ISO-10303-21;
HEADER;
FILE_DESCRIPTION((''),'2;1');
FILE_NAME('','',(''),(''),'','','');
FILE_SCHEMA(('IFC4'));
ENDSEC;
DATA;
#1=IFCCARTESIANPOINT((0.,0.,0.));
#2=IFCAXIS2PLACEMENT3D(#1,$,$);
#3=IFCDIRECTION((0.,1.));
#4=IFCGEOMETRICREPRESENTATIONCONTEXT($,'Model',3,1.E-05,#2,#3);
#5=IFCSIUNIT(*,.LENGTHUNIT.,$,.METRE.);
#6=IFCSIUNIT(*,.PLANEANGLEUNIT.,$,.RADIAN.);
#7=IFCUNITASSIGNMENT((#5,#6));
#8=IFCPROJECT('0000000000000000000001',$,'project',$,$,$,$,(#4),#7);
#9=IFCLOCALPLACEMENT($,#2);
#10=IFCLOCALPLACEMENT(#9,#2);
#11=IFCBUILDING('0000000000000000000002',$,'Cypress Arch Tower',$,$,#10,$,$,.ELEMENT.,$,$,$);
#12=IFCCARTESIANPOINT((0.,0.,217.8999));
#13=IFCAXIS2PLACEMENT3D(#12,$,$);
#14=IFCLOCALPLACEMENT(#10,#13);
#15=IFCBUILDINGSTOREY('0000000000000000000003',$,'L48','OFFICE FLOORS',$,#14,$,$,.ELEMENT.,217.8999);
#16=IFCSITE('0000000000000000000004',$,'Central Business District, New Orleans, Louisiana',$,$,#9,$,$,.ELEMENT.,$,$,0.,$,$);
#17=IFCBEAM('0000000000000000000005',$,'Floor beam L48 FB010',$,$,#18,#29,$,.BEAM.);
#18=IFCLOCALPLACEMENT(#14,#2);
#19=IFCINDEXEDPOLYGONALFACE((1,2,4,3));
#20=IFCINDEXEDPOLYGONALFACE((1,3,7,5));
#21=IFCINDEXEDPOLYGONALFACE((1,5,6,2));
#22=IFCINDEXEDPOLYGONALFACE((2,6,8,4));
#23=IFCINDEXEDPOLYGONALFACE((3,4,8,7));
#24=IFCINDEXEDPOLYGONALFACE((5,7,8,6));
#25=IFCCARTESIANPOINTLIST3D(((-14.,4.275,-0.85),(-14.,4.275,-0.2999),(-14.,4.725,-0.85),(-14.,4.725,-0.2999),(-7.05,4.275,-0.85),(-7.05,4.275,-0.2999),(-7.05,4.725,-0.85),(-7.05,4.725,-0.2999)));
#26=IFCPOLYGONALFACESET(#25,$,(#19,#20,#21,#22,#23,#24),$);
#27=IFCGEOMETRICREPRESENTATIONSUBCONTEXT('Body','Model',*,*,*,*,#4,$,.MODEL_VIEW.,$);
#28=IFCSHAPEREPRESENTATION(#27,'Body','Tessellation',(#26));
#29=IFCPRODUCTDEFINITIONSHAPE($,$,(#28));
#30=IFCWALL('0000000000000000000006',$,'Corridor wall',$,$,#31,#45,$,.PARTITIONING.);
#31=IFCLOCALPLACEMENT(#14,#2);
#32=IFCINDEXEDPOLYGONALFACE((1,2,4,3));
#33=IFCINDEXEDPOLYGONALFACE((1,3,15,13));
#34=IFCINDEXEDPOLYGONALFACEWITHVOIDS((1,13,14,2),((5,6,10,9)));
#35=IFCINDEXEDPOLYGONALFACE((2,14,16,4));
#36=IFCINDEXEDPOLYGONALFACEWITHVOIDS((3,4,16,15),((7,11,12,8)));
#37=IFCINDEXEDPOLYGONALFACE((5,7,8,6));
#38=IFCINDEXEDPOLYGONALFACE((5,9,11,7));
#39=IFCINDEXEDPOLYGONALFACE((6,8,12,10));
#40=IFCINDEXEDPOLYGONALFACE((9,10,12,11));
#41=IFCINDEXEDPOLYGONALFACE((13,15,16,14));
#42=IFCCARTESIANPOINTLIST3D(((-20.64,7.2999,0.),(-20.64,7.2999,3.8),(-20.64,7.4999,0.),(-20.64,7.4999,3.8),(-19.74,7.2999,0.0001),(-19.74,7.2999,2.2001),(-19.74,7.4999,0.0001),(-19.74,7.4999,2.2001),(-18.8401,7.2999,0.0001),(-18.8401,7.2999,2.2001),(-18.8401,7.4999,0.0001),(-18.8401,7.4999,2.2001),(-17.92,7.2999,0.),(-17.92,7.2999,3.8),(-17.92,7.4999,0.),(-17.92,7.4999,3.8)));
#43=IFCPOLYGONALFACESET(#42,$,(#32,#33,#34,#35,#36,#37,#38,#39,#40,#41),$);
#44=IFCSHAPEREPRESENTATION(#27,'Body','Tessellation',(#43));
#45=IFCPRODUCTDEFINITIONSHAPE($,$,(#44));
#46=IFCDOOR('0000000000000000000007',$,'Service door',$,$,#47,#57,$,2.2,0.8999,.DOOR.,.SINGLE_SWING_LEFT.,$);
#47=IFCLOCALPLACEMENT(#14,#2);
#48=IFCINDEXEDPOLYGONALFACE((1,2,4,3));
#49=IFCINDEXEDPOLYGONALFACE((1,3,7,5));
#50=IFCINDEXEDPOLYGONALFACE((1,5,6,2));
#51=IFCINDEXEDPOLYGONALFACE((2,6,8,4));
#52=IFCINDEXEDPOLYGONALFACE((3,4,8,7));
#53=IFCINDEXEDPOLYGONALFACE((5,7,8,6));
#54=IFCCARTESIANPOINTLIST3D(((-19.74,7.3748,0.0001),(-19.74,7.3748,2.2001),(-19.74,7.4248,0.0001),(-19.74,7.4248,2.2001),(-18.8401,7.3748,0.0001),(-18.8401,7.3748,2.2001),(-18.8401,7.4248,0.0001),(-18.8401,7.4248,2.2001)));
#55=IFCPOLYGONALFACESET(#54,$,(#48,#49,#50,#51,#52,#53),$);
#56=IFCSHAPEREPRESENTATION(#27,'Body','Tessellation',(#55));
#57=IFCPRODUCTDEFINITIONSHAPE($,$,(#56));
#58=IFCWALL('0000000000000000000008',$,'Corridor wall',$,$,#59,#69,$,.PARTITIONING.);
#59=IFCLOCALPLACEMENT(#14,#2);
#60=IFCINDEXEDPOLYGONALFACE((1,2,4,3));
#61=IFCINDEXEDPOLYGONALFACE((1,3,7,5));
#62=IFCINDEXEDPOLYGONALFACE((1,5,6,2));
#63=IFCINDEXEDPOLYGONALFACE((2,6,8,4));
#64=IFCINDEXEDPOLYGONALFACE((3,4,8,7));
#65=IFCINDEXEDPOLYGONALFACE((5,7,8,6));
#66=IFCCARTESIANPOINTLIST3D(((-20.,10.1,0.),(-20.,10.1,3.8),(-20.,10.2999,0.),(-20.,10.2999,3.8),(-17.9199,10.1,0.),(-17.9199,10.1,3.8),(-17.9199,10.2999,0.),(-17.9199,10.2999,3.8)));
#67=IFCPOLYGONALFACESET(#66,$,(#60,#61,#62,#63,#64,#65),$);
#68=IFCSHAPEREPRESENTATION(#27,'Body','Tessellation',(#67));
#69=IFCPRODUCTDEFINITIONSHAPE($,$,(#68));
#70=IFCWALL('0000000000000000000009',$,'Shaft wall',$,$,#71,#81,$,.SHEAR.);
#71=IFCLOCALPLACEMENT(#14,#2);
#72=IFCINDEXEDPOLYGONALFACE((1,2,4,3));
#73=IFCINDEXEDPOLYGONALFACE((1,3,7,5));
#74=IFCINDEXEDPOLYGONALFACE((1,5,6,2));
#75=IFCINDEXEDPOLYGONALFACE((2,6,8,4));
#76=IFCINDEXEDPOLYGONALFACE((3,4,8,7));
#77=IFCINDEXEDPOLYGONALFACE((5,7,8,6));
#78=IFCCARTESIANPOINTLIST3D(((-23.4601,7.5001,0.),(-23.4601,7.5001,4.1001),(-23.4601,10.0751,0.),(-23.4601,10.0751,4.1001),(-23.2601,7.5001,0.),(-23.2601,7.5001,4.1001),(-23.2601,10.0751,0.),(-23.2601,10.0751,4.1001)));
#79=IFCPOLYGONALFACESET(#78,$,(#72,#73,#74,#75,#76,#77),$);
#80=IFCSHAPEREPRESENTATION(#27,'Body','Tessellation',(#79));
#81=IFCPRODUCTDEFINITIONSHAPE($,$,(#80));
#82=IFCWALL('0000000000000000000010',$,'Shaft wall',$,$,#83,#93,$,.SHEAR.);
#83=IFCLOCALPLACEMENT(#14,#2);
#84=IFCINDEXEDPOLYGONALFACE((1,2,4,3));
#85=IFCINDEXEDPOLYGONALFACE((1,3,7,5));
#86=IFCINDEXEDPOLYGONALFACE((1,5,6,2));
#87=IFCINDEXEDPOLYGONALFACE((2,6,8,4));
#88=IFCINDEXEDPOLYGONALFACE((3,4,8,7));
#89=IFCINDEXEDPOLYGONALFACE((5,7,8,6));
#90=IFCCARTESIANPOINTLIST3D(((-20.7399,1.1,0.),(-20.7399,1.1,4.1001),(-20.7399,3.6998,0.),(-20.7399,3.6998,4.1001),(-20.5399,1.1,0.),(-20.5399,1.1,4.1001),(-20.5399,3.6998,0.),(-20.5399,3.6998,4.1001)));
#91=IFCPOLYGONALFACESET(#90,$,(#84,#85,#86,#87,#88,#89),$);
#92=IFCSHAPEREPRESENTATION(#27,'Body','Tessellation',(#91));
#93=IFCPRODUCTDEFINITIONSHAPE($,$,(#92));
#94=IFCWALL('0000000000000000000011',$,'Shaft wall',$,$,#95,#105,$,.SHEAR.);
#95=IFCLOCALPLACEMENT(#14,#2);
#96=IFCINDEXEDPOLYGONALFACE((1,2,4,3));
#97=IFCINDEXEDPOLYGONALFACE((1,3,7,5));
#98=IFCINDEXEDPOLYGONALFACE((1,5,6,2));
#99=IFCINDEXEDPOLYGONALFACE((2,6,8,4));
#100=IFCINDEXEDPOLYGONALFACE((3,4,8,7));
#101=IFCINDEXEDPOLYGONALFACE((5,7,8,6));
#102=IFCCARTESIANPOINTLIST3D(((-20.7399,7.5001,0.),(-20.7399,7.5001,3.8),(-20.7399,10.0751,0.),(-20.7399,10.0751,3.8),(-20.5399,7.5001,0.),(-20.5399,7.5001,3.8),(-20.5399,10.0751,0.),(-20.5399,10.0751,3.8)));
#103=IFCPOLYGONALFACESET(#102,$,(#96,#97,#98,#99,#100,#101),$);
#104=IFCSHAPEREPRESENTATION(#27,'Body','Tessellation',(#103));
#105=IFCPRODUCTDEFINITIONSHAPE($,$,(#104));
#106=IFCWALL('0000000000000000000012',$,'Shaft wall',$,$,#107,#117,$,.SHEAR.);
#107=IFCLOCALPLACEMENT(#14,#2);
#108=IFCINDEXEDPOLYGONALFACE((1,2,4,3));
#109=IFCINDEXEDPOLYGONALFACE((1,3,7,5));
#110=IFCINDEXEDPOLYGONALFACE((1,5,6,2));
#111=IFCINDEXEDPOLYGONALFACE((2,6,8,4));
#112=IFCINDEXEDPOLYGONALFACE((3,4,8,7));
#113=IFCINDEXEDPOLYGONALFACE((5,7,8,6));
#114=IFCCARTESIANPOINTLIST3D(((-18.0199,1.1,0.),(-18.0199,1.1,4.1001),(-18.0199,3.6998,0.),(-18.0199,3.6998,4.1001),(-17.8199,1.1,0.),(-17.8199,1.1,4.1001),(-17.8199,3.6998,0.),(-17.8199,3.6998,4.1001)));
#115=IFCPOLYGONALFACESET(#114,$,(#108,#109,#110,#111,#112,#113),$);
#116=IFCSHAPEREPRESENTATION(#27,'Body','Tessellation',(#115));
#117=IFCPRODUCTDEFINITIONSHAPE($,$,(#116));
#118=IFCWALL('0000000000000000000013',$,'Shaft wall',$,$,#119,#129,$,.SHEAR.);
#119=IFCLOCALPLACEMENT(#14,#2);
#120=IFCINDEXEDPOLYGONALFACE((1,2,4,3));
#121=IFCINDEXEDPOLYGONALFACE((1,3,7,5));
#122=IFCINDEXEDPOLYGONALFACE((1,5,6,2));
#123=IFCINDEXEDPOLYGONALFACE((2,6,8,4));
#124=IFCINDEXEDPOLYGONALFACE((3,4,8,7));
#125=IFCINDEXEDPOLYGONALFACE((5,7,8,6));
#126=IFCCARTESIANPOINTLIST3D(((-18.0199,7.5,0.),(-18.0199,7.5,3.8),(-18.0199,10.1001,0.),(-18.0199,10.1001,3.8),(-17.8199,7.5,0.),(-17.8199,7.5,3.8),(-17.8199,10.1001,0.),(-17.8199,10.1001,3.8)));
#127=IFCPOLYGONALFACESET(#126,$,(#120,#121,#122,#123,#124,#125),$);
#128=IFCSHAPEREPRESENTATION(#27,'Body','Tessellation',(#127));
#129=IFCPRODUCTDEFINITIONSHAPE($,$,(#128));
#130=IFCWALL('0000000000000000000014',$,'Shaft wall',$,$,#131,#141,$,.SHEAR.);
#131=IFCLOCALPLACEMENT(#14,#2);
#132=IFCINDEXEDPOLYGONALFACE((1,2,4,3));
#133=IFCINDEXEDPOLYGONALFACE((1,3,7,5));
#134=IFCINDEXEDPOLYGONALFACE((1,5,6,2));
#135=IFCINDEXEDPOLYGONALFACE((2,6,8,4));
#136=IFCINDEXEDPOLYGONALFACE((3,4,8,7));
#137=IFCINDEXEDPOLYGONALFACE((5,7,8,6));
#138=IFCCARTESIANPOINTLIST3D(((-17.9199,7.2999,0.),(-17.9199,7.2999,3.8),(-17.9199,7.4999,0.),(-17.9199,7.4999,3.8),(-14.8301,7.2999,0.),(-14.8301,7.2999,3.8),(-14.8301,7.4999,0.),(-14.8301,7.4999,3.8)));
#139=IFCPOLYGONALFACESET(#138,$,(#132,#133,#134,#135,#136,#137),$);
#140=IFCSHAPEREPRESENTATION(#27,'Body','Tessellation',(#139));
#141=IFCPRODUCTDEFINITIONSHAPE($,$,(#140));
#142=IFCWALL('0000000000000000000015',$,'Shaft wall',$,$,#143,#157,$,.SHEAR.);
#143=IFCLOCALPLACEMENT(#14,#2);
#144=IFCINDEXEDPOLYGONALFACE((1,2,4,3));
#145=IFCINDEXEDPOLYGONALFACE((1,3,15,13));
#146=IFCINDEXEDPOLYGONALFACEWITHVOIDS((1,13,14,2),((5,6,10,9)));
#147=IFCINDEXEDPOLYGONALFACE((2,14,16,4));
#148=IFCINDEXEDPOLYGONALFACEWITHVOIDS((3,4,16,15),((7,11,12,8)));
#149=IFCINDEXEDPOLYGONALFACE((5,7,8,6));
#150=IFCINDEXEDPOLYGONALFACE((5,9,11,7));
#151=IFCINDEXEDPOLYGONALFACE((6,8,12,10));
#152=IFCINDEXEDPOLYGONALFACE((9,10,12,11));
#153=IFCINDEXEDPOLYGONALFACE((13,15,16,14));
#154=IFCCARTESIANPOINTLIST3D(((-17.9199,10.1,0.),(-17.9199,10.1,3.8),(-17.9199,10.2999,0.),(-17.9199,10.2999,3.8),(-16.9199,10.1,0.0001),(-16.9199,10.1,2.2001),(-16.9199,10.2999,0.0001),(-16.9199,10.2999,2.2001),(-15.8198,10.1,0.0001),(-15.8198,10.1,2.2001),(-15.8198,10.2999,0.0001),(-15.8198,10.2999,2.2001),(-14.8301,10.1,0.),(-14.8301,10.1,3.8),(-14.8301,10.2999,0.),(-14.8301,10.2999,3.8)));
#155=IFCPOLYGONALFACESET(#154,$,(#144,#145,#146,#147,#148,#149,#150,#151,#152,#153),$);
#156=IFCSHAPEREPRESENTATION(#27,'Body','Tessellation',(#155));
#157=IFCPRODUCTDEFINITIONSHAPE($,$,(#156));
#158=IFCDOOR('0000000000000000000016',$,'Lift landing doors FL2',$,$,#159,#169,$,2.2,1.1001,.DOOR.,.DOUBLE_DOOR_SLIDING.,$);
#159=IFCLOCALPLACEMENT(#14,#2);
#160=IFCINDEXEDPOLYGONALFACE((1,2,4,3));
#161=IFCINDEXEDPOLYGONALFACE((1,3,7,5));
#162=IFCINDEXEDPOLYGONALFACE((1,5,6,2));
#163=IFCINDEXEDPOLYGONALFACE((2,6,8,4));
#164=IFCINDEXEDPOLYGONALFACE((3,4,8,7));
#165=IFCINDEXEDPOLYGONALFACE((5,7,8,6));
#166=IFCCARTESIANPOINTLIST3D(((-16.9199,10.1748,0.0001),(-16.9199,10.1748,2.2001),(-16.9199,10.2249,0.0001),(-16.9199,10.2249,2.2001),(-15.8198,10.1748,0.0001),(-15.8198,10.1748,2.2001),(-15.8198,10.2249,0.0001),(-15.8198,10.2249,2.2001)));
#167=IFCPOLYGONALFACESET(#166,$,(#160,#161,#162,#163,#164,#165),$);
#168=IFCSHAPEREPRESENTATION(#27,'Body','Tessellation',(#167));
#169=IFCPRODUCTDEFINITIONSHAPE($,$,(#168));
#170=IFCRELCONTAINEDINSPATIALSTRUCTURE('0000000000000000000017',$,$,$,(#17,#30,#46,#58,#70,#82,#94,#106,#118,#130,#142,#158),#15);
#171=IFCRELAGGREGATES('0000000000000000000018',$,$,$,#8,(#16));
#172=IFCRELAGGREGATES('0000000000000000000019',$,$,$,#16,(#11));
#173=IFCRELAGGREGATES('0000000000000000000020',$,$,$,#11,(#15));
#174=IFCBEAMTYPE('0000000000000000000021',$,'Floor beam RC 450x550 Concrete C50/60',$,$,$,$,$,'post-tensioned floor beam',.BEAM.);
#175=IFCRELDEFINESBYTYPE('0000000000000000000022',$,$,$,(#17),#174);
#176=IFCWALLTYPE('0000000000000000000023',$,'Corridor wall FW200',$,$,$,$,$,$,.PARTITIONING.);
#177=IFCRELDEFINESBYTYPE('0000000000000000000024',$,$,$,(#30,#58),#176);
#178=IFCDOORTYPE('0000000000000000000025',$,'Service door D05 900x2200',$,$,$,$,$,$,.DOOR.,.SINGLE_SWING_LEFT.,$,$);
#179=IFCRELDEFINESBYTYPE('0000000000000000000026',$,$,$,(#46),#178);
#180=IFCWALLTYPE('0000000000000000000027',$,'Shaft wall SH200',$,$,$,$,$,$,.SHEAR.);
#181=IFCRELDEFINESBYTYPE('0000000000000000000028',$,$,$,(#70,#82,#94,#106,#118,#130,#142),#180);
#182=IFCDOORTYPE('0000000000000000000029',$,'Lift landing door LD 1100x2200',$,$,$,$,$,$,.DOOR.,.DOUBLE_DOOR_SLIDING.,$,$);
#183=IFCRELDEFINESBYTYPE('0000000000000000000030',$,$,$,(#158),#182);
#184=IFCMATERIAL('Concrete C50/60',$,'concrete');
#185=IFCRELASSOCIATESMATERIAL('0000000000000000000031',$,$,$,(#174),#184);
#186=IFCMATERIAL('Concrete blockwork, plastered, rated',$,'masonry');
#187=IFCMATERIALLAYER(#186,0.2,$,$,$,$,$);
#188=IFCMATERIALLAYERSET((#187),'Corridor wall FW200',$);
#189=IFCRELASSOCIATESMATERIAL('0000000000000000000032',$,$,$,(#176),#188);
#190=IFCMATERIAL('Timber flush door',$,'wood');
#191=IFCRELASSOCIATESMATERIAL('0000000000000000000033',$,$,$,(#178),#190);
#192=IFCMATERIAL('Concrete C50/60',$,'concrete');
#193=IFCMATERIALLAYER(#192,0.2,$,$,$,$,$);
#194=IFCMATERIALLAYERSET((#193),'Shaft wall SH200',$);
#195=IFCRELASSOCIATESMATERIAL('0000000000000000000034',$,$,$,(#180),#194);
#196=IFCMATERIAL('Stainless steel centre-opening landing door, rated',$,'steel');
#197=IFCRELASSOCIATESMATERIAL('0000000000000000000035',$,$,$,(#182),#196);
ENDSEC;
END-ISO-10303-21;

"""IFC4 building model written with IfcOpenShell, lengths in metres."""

from ifc_helpers import new_model, si_unit, direction, frame, frame_2d, origin, origin_2d, place, context, subcontext, project, spatial, rectangle, extrude, material, layer, layer_set, material_profile, profile_set, type_object, element, fill, save


model = new_model("IFC4")

# Units and contexts
model_context = context("Model", 3, precision=1e-05, world=origin(), true_north=direction((0.0, 1.0)))
body_context = subcontext(model_context, "Body", "Model", "MODEL_VIEW")
ifc_project = project(units=[si_unit("LENGTHUNIT", "METRE"), si_unit("PLANEANGLEUNIT", "RADIAN")], contexts=[model_context])

# Site, building, storey
site_placement = place(None, origin())
site = spatial("IfcSite", under=ifc_project, at=site_placement, Name="Central Business District, New Orleans, Louisiana", CompositionType="ELEMENT", RefElevation=0.0)
building_placement = place(site_placement, origin())
building = spatial("IfcBuilding", under=site, at=building_placement, Name="Cypress Arch Tower", CompositionType="ELEMENT")
storey_placement = place(building_placement, frame((0.0, 0.0, 217.8999)))
storey = spatial("IfcBuildingStorey", under=building, at=storey_placement, Name="L48", Description="OFFICE FLOORS", CompositionType="ELEMENT", Elevation=217.8999)

# Beam
ifc_material_1 = material(Name="Concrete C50/60", Category="concrete")
ifc_material_profile = material_profile(ifc_material_1, rectangle(XDim=0.45, YDim=0.55, at=origin_2d()), Name="RC 450x550")
ifc_profile_set = profile_set([ifc_material_profile], Name="Concrete C50/60")
beam_type = type_object("IfcBeamType", Name="Floor beam RC 450x550 Concrete C50/60", ElementType="post-tensioned floor beam", PredefinedType="BEAM", material=ifc_profile_set)
beam_placement = place(storey_placement, frame((-14.0, 4.5, -0.575), z_axis=(1.0, 0.0, 0.0), x_axis=(0.0, 1.0, 0.0)))
element("IfcBeam", 1, at=beam_placement, inside=storey, type_object=beam_type, Name="Floor beam L48 FB010", PredefinedType="BEAM", context=body_context, shape_type="SweptSolid", body=[
    extrude(rectangle(XDim=0.45, YDim=0.55, at=origin_2d()), origin(), (0.0, 0.0, 1.0), 6.95),
])

# Wall, opening, door
ifc_material_2 = material(Name="Concrete blockwork, plastered, rated", Category="masonry")
ifc_layer_1 = layer(ifc_material_2, 0.2)
ifc_layer_set_1 = layer_set([ifc_layer_1], Name="Corridor wall FW200")
wall_type_1 = type_object("IfcWallType", Name="Corridor wall FW200", PredefinedType="PARTITIONING", material=ifc_layer_set_1)
wall_1_placement = place(storey_placement, frame((-20.6399, 7.3999, 0.0), z_axis=(0.0, 0.0, 1.0), x_axis=(1.0, 0.0, 0.0)))
wall_1 = element("IfcWall", 2, at=wall_1_placement, inside=storey, type_object=wall_type_1, Name="Corridor wall", PredefinedType="PARTITIONING", context=body_context, shape_type="SweptSolid", body=[
    extrude(rectangle(XDim=2.72, YDim=0.2, at=frame_2d((1.3599, 0.0))), origin(), (0.0, 0.0, 1.0), 3.8),
])
opening_1_placement = place(wall_1_placement, frame((0.8999, 0.0, 0.0)))
opening_1 = element("IfcOpeningElement", 3, at=opening_1_placement, cuts=wall_1, PredefinedType="OPENING", context=body_context, shape_type="SweptSolid", body=[
    extrude(rectangle(XDim=0.8999, YDim=2.2, at=frame_2d((0.45, 1.1001))), frame((0.0, 0.1099, 0.0), z_axis=(0.0, -1.0, 0.0), x_axis=(1.0, 0.0, 0.0)), (0.0, 0.0, 1.0), 0.22),
])
ifc_material_3 = material(Name="Timber flush door", Category="wood")
door_type_1 = type_object("IfcDoorType", Name="Service door D05 900x2200", OperationType="SINGLE_SWING_LEFT", PredefinedType="DOOR", material=ifc_material_3)
door_1_placement = place(opening_1_placement, origin())
door_1 = element("IfcDoor", 4, at=door_1_placement, inside=storey, type_object=door_type_1, Name="Service door", OperationType="SINGLE_SWING_LEFT", OverallHeight=2.2, OverallWidth=0.8999, PredefinedType="DOOR", context=body_context, shape_type="SweptSolid", body=[
    extrude(rectangle(XDim=0.8999, YDim=2.2, at=frame_2d((0.45, 1.1001))), frame((0.0, 0.0249, 0.0), z_axis=(0.0, -1.0, 0.0), x_axis=(1.0, 0.0, 0.0)), (0.0, 0.0, 1.0), 0.05),
])
fill(opening_1, door_1)

# Walls
wall_2_placement = place(storey_placement, frame((-20.0, 10.2, 0.0), z_axis=(0.0, 0.0, 1.0), x_axis=(1.0, 0.0, 0.0)))
element("IfcWall", 5, at=wall_2_placement, inside=storey, type_object=wall_type_1, Name="Corridor wall", PredefinedType="PARTITIONING", context=body_context, shape_type="SweptSolid", body=[
    extrude(rectangle(XDim=2.0801, YDim=0.2, at=frame_2d((1.04, 0.0))), origin(), (0.0, 0.0, 1.0), 3.8),
])
ifc_material_4 = material(Name="Concrete C50/60", Category="concrete")
ifc_layer_2 = layer(ifc_material_4, 0.2)
ifc_layer_set_2 = layer_set([ifc_layer_2], Name="Shaft wall SH200")
wall_type_2 = type_object("IfcWallType", Name="Shaft wall SH200", PredefinedType="SHEAR", material=ifc_layer_set_2)
wall_3_placement = place(storey_placement, frame((-23.3601, 7.5, 0.0), z_axis=(0.0, 0.0, 1.0), x_axis=(0.0, 1.0, 0.0)))
element("IfcWall", 6, at=wall_3_placement, inside=storey, type_object=wall_type_2, Name="Shaft wall", PredefinedType="SHEAR", context=body_context, shape_type="SweptSolid", body=[
    extrude(rectangle(XDim=2.575, YDim=0.2, at=frame_2d((1.2876, 0.0))), origin(), (0.0, 0.0, 1.0), 4.1001),
])
wall_4_placement = place(storey_placement, frame((-20.6399, 1.1001, 0.0), z_axis=(0.0, 0.0, 1.0), x_axis=(0.0, 1.0, 0.0)))
element("IfcWall", 7, at=wall_4_placement, inside=storey, type_object=wall_type_2, Name="Shaft wall", PredefinedType="SHEAR", context=body_context, shape_type="SweptSolid", body=[
    extrude(rectangle(XDim=2.5999, YDim=0.2, at=frame_2d((1.2998, 0.0))), origin(), (0.0, 0.0, 1.0), 4.1001),
])
wall_5_placement = place(storey_placement, frame((-20.6399, 7.5, 0.0), z_axis=(0.0, 0.0, 1.0), x_axis=(0.0, 1.0, 0.0)))
element("IfcWall", 8, at=wall_5_placement, inside=storey, type_object=wall_type_2, Name="Shaft wall", PredefinedType="SHEAR", context=body_context, shape_type="SweptSolid", body=[
    extrude(rectangle(XDim=2.575, YDim=0.2, at=frame_2d((1.2876, 0.0))), origin(), (0.0, 0.0, 1.0), 3.8),
])
wall_6_placement = place(storey_placement, frame((-17.9199, 1.1001, 0.0), z_axis=(0.0, 0.0, 1.0), x_axis=(0.0, 1.0, 0.0)))
element("IfcWall", 9, at=wall_6_placement, inside=storey, type_object=wall_type_2, Name="Shaft wall", PredefinedType="SHEAR", context=body_context, shape_type="SweptSolid", body=[
    extrude(rectangle(XDim=2.5999, YDim=0.2, at=frame_2d((1.2998, 0.0))), origin(), (0.0, 0.0, 1.0), 4.1001),
])
wall_7_placement = place(storey_placement, frame((-17.9199, 7.5, 0.0), z_axis=(0.0, 0.0, 1.0), x_axis=(0.0, 1.0, 0.0)))
element("IfcWall", 10, at=wall_7_placement, inside=storey, type_object=wall_type_2, Name="Shaft wall", PredefinedType="SHEAR", context=body_context, shape_type="SweptSolid", body=[
    extrude(rectangle(XDim=2.6001, YDim=0.2, at=frame_2d((1.3, 0.0))), origin(), (0.0, 0.0, 1.0), 3.8),
])
wall_8_placement = place(storey_placement, frame((-17.9199, 7.3999, 0.0), z_axis=(0.0, 0.0, 1.0), x_axis=(1.0, 0.0, 0.0)))
element("IfcWall", 11, at=wall_8_placement, inside=storey, type_object=wall_type_2, Name="Shaft wall", PredefinedType="SHEAR", context=body_context, shape_type="SweptSolid", body=[
    extrude(rectangle(XDim=3.0898, YDim=0.2, at=frame_2d((1.5449, 0.0))), origin(), (0.0, 0.0, 1.0), 3.8),
])

# Wall, opening, door
wall_9_placement = place(storey_placement, frame((-17.9199, 10.2, 0.0), z_axis=(0.0, 0.0, 1.0), x_axis=(1.0, 0.0, 0.0)))
wall_9 = element("IfcWall", 12, at=wall_9_placement, inside=storey, type_object=wall_type_2, Name="Shaft wall", PredefinedType="SHEAR", context=body_context, shape_type="SweptSolid", body=[
    extrude(rectangle(XDim=3.0898, YDim=0.2, at=frame_2d((1.5449, 0.0))), origin(), (0.0, 0.0, 1.0), 3.8),
])
opening_2_placement = place(wall_9_placement, frame((1.0, 0.0, 0.0)))
opening_2 = element("IfcOpeningElement", 13, at=opening_2_placement, cuts=wall_9, PredefinedType="OPENING", context=body_context, shape_type="SweptSolid", body=[
    extrude(rectangle(XDim=1.1001, YDim=2.2, at=frame_2d((0.55, 1.1001))), frame((0.0, 0.1099, 0.0), z_axis=(0.0, -1.0, 0.0), x_axis=(1.0, 0.0, 0.0)), (0.0, 0.0, 1.0), 0.22),
])
ifc_material_5 = material(Name="Stainless steel centre-opening landing door, rated", Category="steel")
door_type_2 = type_object("IfcDoorType", Name="Lift landing door LD 1100x2200", OperationType="DOUBLE_DOOR_SLIDING", PredefinedType="DOOR", material=ifc_material_5)
door_2_placement = place(opening_2_placement, origin())
door_2 = element("IfcDoor", 14, at=door_2_placement, inside=storey, type_object=door_type_2, Name="Lift landing doors FL2", OperationType="DOUBLE_DOOR_SLIDING", OverallHeight=2.2, OverallWidth=1.1001, PredefinedType="DOOR", context=body_context, shape_type="SweptSolid", body=[
    extrude(rectangle(XDim=1.1001, YDim=2.2, at=frame_2d((0.55, 1.1001))), frame((0.0, 0.0249, 0.0), z_axis=(0.0, -1.0, 0.0), x_axis=(1.0, 0.0, 0.0)), (0.0, 0.0, 1.0), 0.05),
])
fill(opening_2, door_2)

save(model, "model.ifc")
